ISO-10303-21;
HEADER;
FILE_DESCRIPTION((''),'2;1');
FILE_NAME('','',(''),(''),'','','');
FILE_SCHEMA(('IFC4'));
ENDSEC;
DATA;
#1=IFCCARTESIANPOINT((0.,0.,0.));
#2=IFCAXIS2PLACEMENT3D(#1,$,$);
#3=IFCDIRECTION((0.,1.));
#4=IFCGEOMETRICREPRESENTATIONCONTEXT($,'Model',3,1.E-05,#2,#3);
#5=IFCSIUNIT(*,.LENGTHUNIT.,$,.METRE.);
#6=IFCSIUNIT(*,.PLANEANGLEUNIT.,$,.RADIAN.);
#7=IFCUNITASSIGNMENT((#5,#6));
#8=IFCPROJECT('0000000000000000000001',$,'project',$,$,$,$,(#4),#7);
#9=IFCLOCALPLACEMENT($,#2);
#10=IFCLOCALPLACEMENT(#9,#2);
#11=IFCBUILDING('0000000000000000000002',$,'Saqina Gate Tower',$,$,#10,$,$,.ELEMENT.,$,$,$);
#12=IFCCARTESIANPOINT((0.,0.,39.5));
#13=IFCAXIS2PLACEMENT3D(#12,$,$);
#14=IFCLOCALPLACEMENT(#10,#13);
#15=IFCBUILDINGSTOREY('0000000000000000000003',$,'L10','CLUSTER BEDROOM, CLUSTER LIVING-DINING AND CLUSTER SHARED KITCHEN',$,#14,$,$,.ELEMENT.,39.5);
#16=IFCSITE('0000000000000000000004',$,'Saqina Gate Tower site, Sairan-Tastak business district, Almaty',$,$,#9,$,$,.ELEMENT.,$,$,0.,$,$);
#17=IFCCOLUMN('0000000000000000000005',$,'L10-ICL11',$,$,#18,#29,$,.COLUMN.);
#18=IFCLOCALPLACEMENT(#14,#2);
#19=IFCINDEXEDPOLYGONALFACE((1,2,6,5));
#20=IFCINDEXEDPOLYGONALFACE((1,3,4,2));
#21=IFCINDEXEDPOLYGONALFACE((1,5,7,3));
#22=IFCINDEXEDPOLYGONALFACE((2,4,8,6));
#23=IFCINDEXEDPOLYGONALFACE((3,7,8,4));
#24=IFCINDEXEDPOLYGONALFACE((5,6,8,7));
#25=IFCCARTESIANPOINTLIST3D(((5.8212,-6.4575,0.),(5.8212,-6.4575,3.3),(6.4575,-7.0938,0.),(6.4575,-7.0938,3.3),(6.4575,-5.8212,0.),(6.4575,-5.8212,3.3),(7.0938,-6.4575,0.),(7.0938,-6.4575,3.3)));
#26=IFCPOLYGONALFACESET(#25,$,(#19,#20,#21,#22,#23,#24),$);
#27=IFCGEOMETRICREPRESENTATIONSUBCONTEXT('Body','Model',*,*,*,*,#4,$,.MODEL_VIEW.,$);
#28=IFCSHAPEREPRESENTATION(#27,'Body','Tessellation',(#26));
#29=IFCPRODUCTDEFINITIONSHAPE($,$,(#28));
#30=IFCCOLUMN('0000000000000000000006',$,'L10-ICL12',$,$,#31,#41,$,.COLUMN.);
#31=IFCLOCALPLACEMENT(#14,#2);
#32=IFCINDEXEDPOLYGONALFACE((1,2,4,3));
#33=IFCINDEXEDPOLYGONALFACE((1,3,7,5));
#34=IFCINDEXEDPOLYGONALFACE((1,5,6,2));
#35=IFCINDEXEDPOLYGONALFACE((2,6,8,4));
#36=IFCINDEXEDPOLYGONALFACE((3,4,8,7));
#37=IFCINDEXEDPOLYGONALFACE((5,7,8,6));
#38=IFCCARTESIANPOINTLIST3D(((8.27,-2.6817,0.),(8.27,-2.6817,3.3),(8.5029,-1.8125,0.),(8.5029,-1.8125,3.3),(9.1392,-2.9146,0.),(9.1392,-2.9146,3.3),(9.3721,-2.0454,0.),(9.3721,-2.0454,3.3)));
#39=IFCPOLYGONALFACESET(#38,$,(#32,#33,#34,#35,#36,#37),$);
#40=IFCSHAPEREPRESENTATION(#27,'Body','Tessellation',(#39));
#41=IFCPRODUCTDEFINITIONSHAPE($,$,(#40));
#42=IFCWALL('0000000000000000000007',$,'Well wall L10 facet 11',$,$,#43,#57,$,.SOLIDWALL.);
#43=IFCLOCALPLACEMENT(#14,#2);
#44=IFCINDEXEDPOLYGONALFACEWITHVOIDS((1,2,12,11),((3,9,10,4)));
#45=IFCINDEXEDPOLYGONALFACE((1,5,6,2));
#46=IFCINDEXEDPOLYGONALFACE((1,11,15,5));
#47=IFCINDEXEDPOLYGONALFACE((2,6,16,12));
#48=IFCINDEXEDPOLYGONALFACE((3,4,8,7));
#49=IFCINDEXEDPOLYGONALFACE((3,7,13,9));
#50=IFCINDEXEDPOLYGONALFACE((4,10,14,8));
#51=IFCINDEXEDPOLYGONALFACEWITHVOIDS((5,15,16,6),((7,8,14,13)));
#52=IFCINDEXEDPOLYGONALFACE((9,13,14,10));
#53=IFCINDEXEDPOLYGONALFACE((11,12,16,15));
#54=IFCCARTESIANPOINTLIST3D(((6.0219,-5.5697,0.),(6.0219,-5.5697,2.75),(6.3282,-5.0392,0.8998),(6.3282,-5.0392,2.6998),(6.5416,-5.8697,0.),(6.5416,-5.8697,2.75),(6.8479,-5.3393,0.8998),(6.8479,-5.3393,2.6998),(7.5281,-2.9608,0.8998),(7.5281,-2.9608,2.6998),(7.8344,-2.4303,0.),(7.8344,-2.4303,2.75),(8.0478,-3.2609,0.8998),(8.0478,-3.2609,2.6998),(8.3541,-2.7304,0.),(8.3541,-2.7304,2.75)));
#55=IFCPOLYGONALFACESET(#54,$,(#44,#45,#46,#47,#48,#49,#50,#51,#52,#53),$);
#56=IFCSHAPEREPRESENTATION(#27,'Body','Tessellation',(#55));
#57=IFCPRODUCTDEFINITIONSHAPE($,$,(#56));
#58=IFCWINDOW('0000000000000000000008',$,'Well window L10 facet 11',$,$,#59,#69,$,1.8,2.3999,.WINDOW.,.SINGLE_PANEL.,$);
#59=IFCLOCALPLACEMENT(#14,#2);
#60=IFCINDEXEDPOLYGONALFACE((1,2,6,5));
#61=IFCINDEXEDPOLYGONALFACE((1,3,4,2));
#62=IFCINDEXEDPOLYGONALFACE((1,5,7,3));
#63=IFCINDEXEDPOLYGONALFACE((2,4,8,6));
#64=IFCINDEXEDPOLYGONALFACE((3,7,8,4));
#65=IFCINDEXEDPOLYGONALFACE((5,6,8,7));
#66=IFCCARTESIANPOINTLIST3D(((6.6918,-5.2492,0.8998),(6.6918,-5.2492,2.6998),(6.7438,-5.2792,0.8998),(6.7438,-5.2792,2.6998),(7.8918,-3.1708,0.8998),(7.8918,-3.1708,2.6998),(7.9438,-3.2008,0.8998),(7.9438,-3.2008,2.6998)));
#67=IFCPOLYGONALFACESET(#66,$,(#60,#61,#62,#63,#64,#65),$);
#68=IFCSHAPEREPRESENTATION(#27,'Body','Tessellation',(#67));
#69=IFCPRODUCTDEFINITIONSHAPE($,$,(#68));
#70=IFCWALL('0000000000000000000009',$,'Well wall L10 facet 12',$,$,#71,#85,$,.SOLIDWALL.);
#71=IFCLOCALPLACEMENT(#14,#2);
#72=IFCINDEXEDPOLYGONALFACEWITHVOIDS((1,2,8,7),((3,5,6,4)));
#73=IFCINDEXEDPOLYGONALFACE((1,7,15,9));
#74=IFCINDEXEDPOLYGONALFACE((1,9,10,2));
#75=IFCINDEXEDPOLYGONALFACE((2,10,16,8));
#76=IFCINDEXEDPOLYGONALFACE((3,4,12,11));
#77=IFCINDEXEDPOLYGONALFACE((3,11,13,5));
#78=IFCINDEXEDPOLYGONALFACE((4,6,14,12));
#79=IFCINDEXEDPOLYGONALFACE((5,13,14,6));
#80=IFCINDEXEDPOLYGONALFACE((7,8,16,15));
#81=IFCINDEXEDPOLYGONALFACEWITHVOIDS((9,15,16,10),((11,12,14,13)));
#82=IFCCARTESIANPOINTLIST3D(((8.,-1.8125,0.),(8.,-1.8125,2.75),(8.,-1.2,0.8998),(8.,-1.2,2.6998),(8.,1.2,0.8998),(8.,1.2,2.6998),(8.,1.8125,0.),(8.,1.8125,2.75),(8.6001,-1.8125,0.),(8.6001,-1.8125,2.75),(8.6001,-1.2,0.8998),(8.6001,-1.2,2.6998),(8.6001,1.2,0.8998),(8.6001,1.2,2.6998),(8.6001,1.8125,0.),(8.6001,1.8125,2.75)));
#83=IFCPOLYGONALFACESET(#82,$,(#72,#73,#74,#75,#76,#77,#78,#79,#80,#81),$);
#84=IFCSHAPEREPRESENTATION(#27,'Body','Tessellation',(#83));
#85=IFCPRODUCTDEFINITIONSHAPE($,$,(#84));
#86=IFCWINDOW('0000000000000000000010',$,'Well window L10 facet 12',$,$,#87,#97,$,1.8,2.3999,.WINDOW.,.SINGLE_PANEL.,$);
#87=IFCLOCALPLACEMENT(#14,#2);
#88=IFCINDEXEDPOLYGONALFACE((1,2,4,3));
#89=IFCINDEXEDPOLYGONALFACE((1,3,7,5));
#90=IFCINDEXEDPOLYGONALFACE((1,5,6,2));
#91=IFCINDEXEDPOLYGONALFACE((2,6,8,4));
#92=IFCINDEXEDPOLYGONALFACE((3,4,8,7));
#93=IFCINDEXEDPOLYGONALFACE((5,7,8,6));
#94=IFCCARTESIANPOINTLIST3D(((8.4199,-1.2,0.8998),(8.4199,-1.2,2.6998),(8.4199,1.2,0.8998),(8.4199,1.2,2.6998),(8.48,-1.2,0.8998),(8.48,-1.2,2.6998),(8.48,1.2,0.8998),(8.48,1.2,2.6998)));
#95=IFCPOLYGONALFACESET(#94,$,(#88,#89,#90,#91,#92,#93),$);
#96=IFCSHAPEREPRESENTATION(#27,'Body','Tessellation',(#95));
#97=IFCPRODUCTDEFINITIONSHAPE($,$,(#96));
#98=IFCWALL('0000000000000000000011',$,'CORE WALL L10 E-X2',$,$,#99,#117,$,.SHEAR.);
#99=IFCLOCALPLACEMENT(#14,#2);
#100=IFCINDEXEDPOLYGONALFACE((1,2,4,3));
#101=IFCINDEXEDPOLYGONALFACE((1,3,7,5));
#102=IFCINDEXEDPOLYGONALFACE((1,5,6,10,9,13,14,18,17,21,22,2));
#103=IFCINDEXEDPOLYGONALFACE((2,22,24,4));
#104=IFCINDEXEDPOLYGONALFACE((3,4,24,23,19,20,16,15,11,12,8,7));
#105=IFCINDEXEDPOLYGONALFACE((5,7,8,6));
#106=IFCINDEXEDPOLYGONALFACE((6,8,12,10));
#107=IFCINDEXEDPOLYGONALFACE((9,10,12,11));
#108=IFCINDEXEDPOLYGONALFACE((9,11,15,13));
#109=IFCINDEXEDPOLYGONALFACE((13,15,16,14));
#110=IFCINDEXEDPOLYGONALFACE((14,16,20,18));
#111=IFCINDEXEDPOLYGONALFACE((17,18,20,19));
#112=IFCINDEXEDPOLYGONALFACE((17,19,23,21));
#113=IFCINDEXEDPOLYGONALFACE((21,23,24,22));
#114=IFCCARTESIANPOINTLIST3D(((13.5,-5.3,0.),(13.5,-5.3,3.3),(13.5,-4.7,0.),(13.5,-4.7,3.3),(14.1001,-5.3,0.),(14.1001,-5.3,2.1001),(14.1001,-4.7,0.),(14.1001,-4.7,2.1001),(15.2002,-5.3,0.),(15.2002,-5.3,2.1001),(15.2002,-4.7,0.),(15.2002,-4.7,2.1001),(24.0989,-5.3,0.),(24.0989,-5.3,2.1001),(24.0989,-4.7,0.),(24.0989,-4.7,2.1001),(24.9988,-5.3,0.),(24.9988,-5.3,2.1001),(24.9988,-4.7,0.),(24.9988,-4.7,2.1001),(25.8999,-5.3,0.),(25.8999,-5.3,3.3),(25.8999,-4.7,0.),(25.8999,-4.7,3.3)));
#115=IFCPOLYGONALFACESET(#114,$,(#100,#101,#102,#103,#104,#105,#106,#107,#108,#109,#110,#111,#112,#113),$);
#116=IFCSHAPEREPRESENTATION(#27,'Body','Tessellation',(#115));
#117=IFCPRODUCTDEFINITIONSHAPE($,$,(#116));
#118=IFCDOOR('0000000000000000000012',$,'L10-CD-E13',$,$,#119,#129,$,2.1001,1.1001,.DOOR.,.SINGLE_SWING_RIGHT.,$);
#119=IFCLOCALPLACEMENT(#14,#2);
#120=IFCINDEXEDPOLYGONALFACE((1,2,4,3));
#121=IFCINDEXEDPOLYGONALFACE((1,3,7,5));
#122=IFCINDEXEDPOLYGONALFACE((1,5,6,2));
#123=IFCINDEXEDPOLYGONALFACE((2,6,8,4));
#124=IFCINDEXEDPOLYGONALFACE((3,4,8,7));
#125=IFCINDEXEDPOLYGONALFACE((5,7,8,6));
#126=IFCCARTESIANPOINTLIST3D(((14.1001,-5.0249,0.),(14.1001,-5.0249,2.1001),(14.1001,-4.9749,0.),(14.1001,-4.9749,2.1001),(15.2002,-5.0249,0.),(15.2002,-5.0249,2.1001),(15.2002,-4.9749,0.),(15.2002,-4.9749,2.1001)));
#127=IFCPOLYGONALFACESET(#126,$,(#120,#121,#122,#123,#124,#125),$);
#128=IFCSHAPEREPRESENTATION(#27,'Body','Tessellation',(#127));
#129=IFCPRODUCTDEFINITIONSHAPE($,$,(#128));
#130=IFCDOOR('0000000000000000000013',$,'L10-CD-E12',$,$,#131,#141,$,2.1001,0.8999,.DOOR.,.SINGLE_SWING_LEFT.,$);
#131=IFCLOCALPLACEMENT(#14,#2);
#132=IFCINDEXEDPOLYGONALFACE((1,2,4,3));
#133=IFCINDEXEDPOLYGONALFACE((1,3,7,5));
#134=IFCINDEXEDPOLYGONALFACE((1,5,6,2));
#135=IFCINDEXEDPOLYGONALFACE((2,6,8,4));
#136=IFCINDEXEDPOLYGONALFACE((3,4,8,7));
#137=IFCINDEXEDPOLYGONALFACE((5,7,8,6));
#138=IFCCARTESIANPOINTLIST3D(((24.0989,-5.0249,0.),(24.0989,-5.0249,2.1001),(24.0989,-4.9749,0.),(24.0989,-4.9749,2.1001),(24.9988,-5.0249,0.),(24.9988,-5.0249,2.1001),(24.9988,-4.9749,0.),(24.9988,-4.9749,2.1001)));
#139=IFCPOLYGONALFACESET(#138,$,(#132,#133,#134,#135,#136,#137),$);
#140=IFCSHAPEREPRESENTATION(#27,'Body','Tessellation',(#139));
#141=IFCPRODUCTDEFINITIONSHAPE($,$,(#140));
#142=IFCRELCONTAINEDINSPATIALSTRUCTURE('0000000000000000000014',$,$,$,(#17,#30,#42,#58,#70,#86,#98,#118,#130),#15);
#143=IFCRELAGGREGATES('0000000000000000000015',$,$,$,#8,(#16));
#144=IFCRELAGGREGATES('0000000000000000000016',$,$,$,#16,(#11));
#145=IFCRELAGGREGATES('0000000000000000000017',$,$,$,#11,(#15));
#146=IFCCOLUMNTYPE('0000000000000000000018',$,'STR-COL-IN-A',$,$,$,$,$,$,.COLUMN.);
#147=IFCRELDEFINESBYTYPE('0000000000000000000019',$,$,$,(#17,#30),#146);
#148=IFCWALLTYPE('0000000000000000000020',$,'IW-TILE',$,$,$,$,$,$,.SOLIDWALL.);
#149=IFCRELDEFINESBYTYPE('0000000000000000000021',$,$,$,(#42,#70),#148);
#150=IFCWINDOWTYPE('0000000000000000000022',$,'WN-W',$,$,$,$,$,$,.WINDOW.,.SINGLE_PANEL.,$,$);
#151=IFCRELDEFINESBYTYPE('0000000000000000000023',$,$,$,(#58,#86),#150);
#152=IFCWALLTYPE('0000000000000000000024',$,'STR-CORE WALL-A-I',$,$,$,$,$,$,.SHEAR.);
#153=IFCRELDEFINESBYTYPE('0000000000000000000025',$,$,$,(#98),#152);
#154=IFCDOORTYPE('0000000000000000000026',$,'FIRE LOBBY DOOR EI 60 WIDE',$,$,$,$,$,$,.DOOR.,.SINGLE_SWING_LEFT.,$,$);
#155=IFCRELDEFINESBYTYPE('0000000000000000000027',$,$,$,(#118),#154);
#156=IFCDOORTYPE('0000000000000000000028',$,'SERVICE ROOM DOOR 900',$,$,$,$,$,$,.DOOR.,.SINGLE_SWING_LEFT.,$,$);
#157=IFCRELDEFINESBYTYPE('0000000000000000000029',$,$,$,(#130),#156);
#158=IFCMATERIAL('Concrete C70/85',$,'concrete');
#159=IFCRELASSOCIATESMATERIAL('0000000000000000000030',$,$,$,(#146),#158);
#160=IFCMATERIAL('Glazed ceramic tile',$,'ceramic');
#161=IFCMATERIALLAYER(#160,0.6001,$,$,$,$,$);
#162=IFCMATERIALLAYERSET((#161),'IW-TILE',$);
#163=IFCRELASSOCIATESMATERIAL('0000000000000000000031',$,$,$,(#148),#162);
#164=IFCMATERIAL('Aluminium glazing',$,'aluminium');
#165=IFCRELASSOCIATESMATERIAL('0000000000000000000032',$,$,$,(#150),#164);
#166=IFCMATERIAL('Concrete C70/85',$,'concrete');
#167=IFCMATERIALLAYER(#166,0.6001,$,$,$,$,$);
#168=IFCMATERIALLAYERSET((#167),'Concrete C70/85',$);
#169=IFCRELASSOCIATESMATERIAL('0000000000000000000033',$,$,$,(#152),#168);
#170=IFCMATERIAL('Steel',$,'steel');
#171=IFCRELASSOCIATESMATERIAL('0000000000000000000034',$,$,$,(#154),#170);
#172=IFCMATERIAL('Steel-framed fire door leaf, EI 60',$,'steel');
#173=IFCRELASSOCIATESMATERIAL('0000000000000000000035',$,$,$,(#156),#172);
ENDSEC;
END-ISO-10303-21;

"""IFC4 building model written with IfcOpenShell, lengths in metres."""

from ifc_helpers import new_model, si_unit, direction, frame, frame_2d, origin, origin_2d, place, context, subcontext, project, spatial, rectangle, extrude, material, layer, layer_set, material_profile, profile_set, type_object, element, fill, save


model = new_model("IFC4")

# Units and contexts
model_context = context("Model", 3, precision=1e-05, world=origin(), true_north=direction((0.0, 1.0)))
body_context = subcontext(model_context, "Body", "Model", "MODEL_VIEW")
ifc_project = project(units=[si_unit("LENGTHUNIT", "METRE"), si_unit("PLANEANGLEUNIT", "RADIAN")], contexts=[model_context])

# Site, building, storey
site_placement = place(None, origin())
site = spatial("IfcSite", under=ifc_project, at=site_placement, Name="Saqina Gate Tower site, Sairan-Tastak business district, Almaty", CompositionType="ELEMENT", RefElevation=0.0)
building_placement = place(site_placement, origin())
building = spatial("IfcBuilding", under=site, at=building_placement, Name="Saqina Gate Tower", CompositionType="ELEMENT")
storey_placement = place(building_placement, frame((0.0, 0.0, 39.5)))
storey = spatial("IfcBuildingStorey", under=building, at=storey_placement, Name="L10", Description="CLUSTER BEDROOM, CLUSTER LIVING-DINING AND CLUSTER SHARED KITCHEN", CompositionType="ELEMENT", Elevation=39.5)

# Columns
ifc_material_1 = material(Name="Concrete C70/85", Category="concrete")
ifc_material_profile = material_profile(ifc_material_1, rectangle(XDim=0.8999, YDim=0.8999, at=origin_2d()), Name="RC 900x900")
ifc_profile_set = profile_set([ifc_material_profile], Name="Concrete C70/85")
column_type = type_object("IfcColumnType", Name="STR-COL-IN-A", PredefinedType="COLUMN", material=ifc_profile_set)
for number, where, z_axis, x_axis, name in (
    (1, (6.4575, -6.4575, 0.0), (0.0, 0.0, 1.0), (0.707107, -0.707107, 0.0), "L10-ICL11"),
    (2, (8.821, -2.3635, 0.0), (0.0, 0.0, 1.0), (0.965926, -0.258819, 0.0), "L10-ICL12"),
):
    element("IfcColumn", number, at=place(storey_placement, frame(where, z_axis=z_axis, x_axis=x_axis)), inside=storey, type_object=column_type, Name=name, PredefinedType="COLUMN", context=body_context, shape_type="SweptSolid", body=[
        extrude(rectangle(XDim=0.8999, YDim=0.8999, at=origin_2d()), origin(), (0.0, 0.0, 1.0), 3.3),
    ])

# Walls, openings, windows
ifc_material_2 = material(Name="Glazed ceramic tile", Category="ceramic")
ifc_layer_1 = layer(ifc_material_2, 0.6001)
ifc_layer_set_1 = layer_set([ifc_layer_1], Name="IW-TILE")
wall_type_1 = type_object("IfcWallType", Name="IW-TILE", PredefinedType="SOLIDWALL", material=ifc_layer_set_1)
wall_1_placement = place(storey_placement, frame((6.2817, -5.7197, 0.0), z_axis=(0.0, 0.0, 1.0), x_axis=(0.499993, 0.86603, 0.0)))
wall_1 = element("IfcWall", 3, at=wall_1_placement, inside=storey, type_object=wall_type_1, Name="Well wall L10 facet 11", PredefinedType="SOLIDWALL", context=body_context, shape_type="SweptSolid", body=[
    extrude(rectangle(XDim=3.625, YDim=0.6001, at=frame_2d((1.8125, 0.0))), origin(), (0.0, 0.0, 1.0), 2.75),
])
opening_1_placement = place(wall_1_placement, frame((0.6125, 0.0, 0.8999)))
opening_1 = element("IfcOpeningElement", 4, at=opening_1_placement, cuts=wall_1, PredefinedType="OPENING", context=body_context, shape_type="SweptSolid", body=[
    extrude(rectangle(XDim=2.3999, YDim=1.8, at=frame_2d((1.2, 0.8999))), frame((0.0, 0.312, 0.0), z_axis=(0.0, -1.0, 0.0), x_axis=(1.0, 0.0, 0.0)), (0.0, 0.0, 1.0), 0.624),
])
ifc_material_3 = material(Name="Aluminium glazing", Category="aluminium")
window_type = type_object("IfcWindowType", Name="WN-W", PartitioningType="SINGLE_PANEL", PredefinedType="WINDOW", material=ifc_material_3)
window_1_placement = place(opening_1_placement, origin())
window_1 = element("IfcWindow", 5, at=window_1_placement, inside=storey, type_object=window_type, Name="Well window L10 facet 11", OverallHeight=1.8, OverallWidth=2.3999, PartitioningType="SINGLE_PANEL", PredefinedType="WINDOW", context=body_context, shape_type="SweptSolid", body=[
    extrude(rectangle(XDim=2.3999, YDim=1.8, at=frame_2d((1.2, 0.8999))), frame((0.0, -0.1199, 0.0), z_axis=(0.0, -1.0, 0.0), x_axis=(1.0, 0.0, 0.0)), (0.0, 0.0, 1.0), 0.0601),
])
fill(opening_1, window_1)
wall_2_placement = place(storey_placement, frame((8.3, -1.8125, 0.0), z_axis=(0.0, 0.0, 1.0), x_axis=(0.0, 1.0, 0.0)))
wall_2 = element("IfcWall", 6, at=wall_2_placement, inside=storey, type_object=wall_type_1, Name="Well wall L10 facet 12", PredefinedType="SOLIDWALL", context=body_context, shape_type="SweptSolid", body=[
    extrude(rectangle(XDim=3.625, YDim=0.6001, at=frame_2d((1.8125, 0.0))), origin(), (0.0, 0.0, 1.0), 2.75),
])
opening_2_placement = place(wall_2_placement, frame((0.6125, 0.0, 0.8999)))
opening_2 = element("IfcOpeningElement", 7, at=opening_2_placement, cuts=wall_2, PredefinedType="OPENING", context=body_context, shape_type="SweptSolid", body=[
    extrude(rectangle(XDim=2.3999, YDim=1.8, at=frame_2d((1.2, 0.8999))), frame((0.0, 0.312, 0.0), z_axis=(0.0, -1.0, 0.0), x_axis=(1.0, 0.0, 0.0)), (0.0, 0.0, 1.0), 0.624),
])
window_2_placement = place(opening_2_placement, origin())
window_2 = element("IfcWindow", 8, at=window_2_placement, inside=storey, type_object=window_type, Name="Well window L10 facet 12", OverallHeight=1.8, OverallWidth=2.3999, PartitioningType="SINGLE_PANEL", PredefinedType="WINDOW", context=body_context, shape_type="SweptSolid", body=[
    extrude(rectangle(XDim=2.3999, YDim=1.8, at=frame_2d((1.2, 0.8999))), frame((0.0, -0.1199, 0.0), z_axis=(0.0, -1.0, 0.0), x_axis=(1.0, 0.0, 0.0)), (0.0, 0.0, 1.0), 0.0601),
])
fill(opening_2, window_2)

# Wall, openings, doors
ifc_material_4 = material(Name="Concrete C70/85", Category="concrete")
ifc_layer_2 = layer(ifc_material_4, 0.6001)
ifc_layer_set_2 = layer_set([ifc_layer_2], Name="Concrete C70/85")
wall_type_2 = type_object("IfcWallType", Name="STR-CORE WALL-A-I", PredefinedType="SHEAR", material=ifc_layer_set_2)
wall_3_placement = place(storey_placement, frame((13.5, -5.0, 0.0), z_axis=(0.0, 0.0, 1.0), x_axis=(1.0, 0.0, 0.0)))
wall_3 = element("IfcWall", 9, at=wall_3_placement, inside=storey, type_object=wall_type_2, Name="CORE WALL L10 E-X2", PredefinedType="SHEAR", context=body_context, shape_type="SweptSolid", body=[
    extrude(rectangle(XDim=12.3999, YDim=0.6001, at=frame_2d((6.2, 0.0))), origin(), (0.0, 0.0, 1.0), 3.3),
])
opening_3_placement = place(wall_3_placement, frame((10.5989, 0.0, 0.0)))
opening_3 = element("IfcOpeningElement", 10, at=opening_3_placement, cuts=wall_3, PredefinedType="OPENING", context=body_context, shape_type="SweptSolid", body=[
    extrude(rectangle(XDim=0.8999, YDim=2.1001, at=frame_2d((0.45, 1.05))), frame((0.0, 0.312, 0.0), z_axis=(0.0, -1.0, 0.0), x_axis=(1.0, 0.0, 0.0)), (0.0, 0.0, 1.0), 0.624),
])
opening_4_placement = place(wall_3_placement, frame((0.6001, 0.0, 0.0)))
opening_4 = element("IfcOpeningElement", 11, at=opening_4_placement, cuts=wall_3, PredefinedType="OPENING", context=body_context, shape_type="SweptSolid", body=[
    extrude(rectangle(XDim=1.1001, YDim=2.1001, at=frame_2d((0.55, 1.05))), frame((0.0, 0.312, 0.0), z_axis=(0.0, -1.0, 0.0), x_axis=(1.0, 0.0, 0.0)), (0.0, 0.0, 1.0), 0.624),
])
ifc_material_5 = material(Name="Steel", Category="steel")
door_type_1 = type_object("IfcDoorType", Name="FIRE LOBBY DOOR EI 60 WIDE", OperationType="SINGLE_SWING_LEFT", PredefinedType="DOOR", material=ifc_material_5)
door_1_placement = place(opening_4_placement, frame((1.1001, 0.0, 0.0), z_axis=(0.0, 0.0, 1.0), x_axis=(-1.0, 0.0, 0.0)))
door_1 = element("IfcDoor", 12, at=door_1_placement, inside=storey, type_object=door_type_1, Name="L10-CD-E13", OperationType="SINGLE_SWING_RIGHT", OverallHeight=2.1001, OverallWidth=1.1001, PredefinedType="DOOR", context=body_context, shape_type="SweptSolid", body=[
    extrude(rectangle(XDim=1.1001, YDim=2.1001, at=frame_2d((0.55, 1.05))), frame((0.0, 0.0249, 0.0), z_axis=(0.0, -1.0, 0.0), x_axis=(1.0, 0.0, 0.0)), (0.0, 0.0, 1.0), 0.05),
])
fill(opening_4, door_1)
ifc_material_6 = material(Name="Steel-framed fire door leaf, EI 60", Category="steel")
door_type_2 = type_object("IfcDoorType", Name="SERVICE ROOM DOOR 900", OperationType="SINGLE_SWING_LEFT", PredefinedType="DOOR", material=ifc_material_6)
door_2_placement = place(opening_3_placement, frame((0.8999, 0.0, 0.0), z_axis=(0.0, 0.0, 1.0), x_axis=(-1.0, 0.0, 0.0)))
door_2 = element("IfcDoor", 13, at=door_2_placement, inside=storey, type_object=door_type_2, Name="L10-CD-E12", OperationType="SINGLE_SWING_LEFT", OverallHeight=2.1001, OverallWidth=0.8999, PredefinedType="DOOR", context=body_context, shape_type="SweptSolid", body=[
    extrude(rectangle(XDim=0.8999, YDim=2.1001, at=frame_2d((0.45, 1.05))), frame((0.0, 0.0249, 0.0), z_axis=(0.0, -1.0, 0.0), x_axis=(1.0, 0.0, 0.0)), (0.0, 0.0, 1.0), 0.05),
])
fill(opening_3, door_2)

save(model, "model.ifc")
